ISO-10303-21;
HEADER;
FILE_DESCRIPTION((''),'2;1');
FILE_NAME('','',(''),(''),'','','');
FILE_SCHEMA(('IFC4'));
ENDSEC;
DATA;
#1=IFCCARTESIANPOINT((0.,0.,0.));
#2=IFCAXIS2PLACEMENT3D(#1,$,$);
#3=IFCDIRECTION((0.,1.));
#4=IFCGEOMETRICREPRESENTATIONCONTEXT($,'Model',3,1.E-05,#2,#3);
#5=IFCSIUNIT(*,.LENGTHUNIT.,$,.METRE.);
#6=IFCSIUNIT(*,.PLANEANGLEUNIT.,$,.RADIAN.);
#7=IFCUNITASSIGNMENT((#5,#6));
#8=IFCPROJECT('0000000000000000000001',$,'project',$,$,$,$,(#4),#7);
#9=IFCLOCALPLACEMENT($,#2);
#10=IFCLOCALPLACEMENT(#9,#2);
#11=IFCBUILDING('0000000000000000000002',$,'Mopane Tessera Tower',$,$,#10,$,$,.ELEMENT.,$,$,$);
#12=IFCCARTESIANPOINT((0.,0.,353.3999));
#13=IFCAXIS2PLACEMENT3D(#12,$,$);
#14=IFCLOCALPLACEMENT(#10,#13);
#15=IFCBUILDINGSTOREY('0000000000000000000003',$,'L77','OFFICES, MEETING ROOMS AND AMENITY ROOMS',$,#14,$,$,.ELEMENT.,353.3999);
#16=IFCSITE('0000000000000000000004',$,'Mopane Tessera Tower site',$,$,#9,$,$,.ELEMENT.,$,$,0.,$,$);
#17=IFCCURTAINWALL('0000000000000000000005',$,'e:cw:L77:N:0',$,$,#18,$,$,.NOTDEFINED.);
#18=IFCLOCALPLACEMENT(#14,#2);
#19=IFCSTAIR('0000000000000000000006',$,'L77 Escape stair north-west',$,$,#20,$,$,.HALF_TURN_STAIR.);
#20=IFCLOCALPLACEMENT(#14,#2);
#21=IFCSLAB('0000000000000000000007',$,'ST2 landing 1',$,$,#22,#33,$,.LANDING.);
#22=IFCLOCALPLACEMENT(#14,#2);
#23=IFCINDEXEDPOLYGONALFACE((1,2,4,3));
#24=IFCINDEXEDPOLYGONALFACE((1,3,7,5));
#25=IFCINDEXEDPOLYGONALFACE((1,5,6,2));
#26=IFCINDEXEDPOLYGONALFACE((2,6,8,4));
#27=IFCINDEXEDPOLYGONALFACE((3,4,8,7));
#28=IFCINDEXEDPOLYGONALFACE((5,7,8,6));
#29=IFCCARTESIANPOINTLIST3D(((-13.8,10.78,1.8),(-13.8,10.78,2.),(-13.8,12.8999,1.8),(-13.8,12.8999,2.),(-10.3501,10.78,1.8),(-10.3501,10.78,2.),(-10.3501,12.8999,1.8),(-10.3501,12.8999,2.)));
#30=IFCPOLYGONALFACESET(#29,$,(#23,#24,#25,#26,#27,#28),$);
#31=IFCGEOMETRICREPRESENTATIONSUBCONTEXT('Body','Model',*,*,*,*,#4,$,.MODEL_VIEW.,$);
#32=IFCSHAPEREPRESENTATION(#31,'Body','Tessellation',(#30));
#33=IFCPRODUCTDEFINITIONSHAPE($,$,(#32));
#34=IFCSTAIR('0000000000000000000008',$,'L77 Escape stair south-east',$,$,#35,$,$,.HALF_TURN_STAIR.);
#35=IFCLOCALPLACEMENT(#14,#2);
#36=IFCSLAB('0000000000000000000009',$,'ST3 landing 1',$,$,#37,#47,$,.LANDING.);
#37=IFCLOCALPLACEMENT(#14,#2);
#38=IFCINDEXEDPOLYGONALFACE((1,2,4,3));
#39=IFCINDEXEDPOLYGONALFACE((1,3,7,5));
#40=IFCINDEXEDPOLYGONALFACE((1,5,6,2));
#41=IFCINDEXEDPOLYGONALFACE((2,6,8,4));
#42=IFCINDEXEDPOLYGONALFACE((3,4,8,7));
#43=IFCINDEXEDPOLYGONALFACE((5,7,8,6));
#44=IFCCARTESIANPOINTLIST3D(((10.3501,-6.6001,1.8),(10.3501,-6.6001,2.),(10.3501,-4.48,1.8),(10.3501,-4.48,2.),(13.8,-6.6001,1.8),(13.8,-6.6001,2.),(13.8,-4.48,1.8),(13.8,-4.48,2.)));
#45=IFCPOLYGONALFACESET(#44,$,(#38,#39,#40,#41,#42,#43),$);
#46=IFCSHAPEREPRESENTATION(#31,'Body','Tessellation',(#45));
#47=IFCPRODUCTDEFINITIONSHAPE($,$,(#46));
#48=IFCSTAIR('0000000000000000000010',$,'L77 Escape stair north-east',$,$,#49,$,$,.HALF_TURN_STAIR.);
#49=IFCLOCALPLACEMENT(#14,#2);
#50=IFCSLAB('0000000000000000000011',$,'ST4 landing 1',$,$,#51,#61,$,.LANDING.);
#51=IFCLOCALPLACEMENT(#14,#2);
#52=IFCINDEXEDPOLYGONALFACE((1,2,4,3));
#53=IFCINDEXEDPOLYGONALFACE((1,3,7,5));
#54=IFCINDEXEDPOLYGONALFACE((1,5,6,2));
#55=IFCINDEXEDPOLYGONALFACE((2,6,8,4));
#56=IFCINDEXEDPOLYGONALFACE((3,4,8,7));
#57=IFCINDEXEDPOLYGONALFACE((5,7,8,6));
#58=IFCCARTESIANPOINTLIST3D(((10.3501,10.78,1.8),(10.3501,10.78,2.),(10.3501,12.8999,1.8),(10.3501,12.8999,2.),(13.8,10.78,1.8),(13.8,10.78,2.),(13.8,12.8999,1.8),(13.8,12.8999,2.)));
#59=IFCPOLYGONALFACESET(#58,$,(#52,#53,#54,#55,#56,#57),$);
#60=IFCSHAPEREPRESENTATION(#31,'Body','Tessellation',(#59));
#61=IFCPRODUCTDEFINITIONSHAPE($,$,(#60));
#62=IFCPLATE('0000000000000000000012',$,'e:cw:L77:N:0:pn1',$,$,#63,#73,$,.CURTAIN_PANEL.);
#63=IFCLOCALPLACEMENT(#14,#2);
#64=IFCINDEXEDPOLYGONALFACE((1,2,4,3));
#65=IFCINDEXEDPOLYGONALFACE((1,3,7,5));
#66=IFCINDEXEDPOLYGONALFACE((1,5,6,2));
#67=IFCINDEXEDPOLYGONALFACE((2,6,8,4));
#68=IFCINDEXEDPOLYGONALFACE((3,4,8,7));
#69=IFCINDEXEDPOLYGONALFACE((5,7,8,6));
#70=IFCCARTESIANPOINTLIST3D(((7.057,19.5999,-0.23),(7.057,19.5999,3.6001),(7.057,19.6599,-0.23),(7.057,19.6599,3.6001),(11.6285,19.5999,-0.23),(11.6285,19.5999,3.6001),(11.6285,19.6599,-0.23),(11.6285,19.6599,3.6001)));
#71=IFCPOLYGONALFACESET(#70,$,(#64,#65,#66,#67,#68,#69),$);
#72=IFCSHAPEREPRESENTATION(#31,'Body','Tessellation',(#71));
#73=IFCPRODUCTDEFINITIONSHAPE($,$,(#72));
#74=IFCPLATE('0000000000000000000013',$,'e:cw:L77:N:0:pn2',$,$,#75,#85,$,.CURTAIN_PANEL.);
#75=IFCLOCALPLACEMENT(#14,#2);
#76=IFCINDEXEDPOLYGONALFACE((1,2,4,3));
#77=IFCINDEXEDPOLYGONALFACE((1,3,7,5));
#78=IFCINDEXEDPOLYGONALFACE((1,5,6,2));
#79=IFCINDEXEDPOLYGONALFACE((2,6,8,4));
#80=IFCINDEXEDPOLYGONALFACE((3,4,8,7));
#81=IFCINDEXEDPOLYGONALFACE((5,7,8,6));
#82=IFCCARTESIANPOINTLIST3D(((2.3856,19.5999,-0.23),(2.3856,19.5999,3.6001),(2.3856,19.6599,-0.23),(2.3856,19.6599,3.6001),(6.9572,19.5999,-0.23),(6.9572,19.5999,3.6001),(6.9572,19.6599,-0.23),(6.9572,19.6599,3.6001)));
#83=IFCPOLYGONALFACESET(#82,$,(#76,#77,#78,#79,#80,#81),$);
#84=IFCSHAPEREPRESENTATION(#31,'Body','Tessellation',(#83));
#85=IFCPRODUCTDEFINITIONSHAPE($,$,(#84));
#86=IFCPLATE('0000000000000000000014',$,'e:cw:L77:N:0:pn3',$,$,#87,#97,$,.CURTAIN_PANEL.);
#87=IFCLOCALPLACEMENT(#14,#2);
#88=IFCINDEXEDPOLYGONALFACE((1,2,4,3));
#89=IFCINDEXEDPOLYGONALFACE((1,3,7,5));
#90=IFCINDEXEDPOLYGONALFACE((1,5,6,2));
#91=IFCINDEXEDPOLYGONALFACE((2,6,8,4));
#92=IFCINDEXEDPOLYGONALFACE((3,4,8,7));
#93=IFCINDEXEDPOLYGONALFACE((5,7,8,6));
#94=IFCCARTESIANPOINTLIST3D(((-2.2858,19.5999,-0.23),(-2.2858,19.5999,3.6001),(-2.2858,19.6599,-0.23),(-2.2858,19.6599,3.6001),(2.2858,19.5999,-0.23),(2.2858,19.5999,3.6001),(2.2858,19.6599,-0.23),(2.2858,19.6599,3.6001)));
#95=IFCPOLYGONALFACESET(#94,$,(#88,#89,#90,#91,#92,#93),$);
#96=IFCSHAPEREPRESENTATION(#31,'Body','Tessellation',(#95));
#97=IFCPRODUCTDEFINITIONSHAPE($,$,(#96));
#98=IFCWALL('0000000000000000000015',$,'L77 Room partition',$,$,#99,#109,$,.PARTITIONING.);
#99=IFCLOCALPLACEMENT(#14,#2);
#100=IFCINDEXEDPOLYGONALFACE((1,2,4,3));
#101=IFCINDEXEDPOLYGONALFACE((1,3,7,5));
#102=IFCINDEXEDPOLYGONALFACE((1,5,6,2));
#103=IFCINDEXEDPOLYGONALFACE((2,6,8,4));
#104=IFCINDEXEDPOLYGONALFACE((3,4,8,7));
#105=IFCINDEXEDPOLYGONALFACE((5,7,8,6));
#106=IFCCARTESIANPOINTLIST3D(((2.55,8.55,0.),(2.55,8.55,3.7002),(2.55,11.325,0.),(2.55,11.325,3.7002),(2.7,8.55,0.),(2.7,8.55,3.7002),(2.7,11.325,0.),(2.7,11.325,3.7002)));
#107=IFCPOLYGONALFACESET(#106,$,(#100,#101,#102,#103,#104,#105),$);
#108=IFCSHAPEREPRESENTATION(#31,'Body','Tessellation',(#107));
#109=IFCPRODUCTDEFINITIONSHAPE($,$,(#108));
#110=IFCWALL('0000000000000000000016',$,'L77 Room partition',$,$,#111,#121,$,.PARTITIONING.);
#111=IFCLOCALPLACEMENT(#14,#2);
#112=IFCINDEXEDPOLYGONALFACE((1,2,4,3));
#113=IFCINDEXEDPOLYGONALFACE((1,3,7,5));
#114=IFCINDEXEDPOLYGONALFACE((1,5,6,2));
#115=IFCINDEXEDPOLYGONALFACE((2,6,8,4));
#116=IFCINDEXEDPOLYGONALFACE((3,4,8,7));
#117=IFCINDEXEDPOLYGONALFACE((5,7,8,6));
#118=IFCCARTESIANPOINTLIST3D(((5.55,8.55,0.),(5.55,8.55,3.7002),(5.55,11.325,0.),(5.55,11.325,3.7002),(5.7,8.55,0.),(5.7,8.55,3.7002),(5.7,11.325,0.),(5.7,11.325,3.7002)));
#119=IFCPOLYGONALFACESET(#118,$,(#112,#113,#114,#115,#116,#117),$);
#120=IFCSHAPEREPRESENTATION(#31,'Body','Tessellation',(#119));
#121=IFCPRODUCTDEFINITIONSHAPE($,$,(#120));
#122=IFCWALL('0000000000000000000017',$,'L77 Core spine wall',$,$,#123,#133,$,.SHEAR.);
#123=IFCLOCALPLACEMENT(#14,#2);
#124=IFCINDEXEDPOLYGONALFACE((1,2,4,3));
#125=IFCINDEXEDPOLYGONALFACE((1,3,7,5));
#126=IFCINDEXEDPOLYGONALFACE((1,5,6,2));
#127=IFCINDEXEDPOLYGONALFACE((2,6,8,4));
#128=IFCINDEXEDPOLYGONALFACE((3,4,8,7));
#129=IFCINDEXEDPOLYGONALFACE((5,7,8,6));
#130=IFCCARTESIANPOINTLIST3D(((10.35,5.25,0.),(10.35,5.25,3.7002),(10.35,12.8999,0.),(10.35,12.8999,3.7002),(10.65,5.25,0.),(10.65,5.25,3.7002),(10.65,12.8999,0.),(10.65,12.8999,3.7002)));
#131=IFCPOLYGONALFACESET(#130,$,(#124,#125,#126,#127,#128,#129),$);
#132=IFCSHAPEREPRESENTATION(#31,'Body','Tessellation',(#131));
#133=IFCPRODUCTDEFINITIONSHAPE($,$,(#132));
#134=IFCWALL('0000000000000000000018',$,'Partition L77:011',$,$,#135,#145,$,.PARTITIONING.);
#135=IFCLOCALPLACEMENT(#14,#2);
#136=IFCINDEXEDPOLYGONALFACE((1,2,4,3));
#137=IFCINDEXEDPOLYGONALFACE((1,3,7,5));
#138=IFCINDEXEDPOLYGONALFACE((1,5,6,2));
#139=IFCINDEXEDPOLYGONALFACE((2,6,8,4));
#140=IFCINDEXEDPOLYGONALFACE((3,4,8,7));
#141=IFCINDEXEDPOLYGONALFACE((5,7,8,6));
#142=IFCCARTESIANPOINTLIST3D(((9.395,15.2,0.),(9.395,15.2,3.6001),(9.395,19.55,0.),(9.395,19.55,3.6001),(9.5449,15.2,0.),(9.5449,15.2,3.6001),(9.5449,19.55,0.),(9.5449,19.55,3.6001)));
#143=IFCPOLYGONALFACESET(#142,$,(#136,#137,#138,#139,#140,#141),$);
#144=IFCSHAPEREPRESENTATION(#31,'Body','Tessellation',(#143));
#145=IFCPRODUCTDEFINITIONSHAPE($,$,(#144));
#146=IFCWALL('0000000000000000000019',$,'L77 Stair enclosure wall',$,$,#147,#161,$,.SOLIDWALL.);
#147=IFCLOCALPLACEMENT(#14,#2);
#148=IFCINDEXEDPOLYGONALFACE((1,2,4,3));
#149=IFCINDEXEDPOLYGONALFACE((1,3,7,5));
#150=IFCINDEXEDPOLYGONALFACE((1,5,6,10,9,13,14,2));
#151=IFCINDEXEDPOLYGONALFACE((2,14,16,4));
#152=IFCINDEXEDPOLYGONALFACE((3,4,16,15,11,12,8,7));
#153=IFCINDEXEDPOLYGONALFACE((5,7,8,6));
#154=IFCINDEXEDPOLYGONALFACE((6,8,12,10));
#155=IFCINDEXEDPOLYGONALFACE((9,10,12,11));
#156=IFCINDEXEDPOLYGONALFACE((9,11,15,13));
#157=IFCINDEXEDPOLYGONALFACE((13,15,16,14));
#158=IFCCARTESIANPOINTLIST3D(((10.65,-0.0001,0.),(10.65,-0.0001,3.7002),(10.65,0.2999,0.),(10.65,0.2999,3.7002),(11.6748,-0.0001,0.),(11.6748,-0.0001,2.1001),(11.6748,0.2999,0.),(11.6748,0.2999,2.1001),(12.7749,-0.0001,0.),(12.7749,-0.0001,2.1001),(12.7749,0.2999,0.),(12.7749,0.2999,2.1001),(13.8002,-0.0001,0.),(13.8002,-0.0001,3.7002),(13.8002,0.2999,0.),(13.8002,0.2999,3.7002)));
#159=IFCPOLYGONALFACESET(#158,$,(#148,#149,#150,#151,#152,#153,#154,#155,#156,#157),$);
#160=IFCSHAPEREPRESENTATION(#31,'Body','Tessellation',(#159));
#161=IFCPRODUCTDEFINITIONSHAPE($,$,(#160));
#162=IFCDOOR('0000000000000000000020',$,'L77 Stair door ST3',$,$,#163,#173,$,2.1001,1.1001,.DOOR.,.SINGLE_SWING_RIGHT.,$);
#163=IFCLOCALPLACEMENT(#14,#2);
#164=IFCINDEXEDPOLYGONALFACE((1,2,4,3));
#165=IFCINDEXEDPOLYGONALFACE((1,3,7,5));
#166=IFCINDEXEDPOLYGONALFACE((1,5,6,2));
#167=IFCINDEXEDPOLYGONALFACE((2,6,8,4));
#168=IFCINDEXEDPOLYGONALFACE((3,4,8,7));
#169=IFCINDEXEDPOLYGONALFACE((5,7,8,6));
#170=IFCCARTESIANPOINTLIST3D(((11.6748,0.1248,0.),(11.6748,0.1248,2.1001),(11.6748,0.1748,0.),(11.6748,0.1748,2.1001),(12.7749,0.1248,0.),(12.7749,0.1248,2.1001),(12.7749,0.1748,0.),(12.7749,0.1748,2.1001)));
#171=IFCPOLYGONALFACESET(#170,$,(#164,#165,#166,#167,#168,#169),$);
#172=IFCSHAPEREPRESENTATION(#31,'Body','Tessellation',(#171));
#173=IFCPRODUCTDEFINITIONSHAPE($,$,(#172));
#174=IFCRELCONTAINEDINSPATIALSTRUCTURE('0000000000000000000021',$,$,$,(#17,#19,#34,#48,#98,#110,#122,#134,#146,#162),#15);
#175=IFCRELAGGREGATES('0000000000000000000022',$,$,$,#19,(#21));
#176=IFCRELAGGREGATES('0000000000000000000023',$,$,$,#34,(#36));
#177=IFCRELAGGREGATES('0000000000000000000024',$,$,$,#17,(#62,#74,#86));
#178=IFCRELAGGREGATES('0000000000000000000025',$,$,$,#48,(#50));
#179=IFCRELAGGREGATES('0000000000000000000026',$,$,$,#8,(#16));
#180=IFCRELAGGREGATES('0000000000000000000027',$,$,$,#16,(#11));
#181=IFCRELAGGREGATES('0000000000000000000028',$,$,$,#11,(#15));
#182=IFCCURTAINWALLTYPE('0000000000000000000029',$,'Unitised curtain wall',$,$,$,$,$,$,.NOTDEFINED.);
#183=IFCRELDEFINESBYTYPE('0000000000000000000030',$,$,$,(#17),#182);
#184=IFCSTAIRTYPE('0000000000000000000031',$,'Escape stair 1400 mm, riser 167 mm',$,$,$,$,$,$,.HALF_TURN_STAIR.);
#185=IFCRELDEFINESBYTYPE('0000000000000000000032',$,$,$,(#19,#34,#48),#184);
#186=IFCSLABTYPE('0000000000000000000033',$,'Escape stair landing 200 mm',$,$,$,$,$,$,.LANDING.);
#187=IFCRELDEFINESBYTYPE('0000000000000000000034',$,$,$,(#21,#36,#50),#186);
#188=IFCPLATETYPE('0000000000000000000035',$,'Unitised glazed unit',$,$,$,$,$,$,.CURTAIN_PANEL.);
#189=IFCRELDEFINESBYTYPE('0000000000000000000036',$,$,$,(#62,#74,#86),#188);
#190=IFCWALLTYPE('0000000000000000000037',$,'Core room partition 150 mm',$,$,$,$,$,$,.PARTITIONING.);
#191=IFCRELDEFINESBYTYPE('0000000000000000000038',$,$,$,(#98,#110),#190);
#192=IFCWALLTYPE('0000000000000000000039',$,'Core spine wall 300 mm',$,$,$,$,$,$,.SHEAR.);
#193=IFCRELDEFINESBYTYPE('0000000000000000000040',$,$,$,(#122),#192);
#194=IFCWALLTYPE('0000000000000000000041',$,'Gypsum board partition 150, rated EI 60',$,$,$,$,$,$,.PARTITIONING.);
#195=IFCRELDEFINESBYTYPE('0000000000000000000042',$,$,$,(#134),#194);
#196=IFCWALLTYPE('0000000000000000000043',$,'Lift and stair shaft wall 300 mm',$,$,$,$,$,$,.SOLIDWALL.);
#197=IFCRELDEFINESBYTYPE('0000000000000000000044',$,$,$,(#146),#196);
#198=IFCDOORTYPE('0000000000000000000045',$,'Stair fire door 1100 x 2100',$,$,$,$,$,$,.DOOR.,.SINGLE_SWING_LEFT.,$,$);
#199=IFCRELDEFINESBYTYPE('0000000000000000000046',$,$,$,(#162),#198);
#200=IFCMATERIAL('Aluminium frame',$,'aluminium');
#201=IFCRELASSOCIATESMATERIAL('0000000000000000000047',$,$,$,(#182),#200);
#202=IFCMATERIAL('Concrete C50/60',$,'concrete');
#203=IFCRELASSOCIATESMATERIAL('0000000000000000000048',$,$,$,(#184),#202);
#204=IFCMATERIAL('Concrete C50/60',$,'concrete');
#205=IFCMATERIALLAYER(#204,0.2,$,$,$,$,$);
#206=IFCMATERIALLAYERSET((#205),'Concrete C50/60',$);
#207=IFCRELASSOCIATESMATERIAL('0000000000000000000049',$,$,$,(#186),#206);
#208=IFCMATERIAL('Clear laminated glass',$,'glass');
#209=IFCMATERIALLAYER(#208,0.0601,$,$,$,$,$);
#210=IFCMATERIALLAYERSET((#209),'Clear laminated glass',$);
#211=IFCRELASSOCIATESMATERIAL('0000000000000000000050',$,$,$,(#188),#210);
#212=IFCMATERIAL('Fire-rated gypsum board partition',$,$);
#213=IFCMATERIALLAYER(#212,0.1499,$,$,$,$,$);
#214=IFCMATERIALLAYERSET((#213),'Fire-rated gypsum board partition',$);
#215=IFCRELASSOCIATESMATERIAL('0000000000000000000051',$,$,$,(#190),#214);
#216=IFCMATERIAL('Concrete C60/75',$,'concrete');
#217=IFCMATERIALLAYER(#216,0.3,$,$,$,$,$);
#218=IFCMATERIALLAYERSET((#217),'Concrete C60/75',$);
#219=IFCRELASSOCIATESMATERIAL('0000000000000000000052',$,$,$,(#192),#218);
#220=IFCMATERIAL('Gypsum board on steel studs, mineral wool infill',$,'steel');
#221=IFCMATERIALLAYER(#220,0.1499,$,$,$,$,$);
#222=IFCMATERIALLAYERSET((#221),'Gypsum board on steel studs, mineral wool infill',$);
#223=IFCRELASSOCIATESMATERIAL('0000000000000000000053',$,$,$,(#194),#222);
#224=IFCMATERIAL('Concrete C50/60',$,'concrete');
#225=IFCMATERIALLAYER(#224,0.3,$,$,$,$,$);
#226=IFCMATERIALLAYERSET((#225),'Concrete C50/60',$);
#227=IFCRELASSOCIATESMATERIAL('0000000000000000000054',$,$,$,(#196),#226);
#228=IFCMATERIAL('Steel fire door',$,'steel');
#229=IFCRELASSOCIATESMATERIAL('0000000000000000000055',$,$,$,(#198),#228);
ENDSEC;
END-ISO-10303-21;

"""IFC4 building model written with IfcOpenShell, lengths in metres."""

from ifc_helpers import new_model, si_unit, direction, frame, frame_2d, origin, origin_2d, place, context, subcontext, project, spatial, polyline, rectangle, outline, extrude, material, layer, layer_set, type_object, element, fill, aggregate, save


model = new_model("IFC4")

# Units and contexts
model_context = context("Model", 3, precision=1e-05, world=origin(), true_north=direction((0.0, 1.0)))
body_context = subcontext(model_context, "Body", "Model", "MODEL_VIEW")
ifc_project = project(units=[si_unit("LENGTHUNIT", "METRE"), si_unit("PLANEANGLEUNIT", "RADIAN")], contexts=[model_context])

# Site, building, storey
site_placement = place(None, origin())
site = spatial("IfcSite", under=ifc_project, at=site_placement, Name="Mopane Tessera Tower site", CompositionType="ELEMENT", RefElevation=0.0)
building_placement = place(site_placement, origin())
building = spatial("IfcBuilding", under=site, at=building_placement, Name="Mopane Tessera Tower", CompositionType="ELEMENT")
storey_placement = place(building_placement, frame((0.0, 0.0, 353.3999)))
storey = spatial("IfcBuildingStorey", under=building, at=storey_placement, Name="L77", Description="OFFICES, MEETING ROOMS AND AMENITY ROOMS", CompositionType="ELEMENT", Elevation=353.3999)

# Curtain wall
ifc_material_1 = material(Name="Aluminium frame", Category="aluminium")
curtain_wall_type = type_object("IfcCurtainWallType", Name="Unitised curtain wall", PredefinedType="NOTDEFINED", material=ifc_material_1)
curtain_wall_placement = place(storey_placement, origin())
curtain_wall = element("IfcCurtainWall", 1, at=curtain_wall_placement, inside=storey, type_object=curtain_wall_type, Name="e:cw:L77:N:0", PredefinedType="NOTDEFINED")

# Stairs, slabs
ifc_material_2 = material(Name="Concrete C50/60", Category="concrete")
stair_type = type_object("IfcStairType", Name="Escape stair 1400 mm, riser 167 mm", PredefinedType="HALF_TURN_STAIR", material=ifc_material_2)
ifc_material_3 = material(Name="Concrete C50/60", Category="concrete")
ifc_layer_1 = layer(ifc_material_3, 0.2)
ifc_layer_set_1 = layer_set([ifc_layer_1], Name="Concrete C50/60")
slab_type_1 = type_object("IfcSlabType", Name="Escape stair landing 200 mm", PredefinedType="LANDING", material=ifc_layer_set_1)
stair_1_placement = place(storey_placement, origin())
stair_1 = element("IfcStair", 2, at=stair_1_placement, inside=storey, type_object=stair_type, Name="L77 Escape stair north-west", PredefinedType="HALF_TURN_STAIR")
slab_1_placement = place(storey_placement, frame((0.0, 0.0, 1.8)))
slab_1 = element("IfcSlab", 3, at=slab_1_placement, type_object=slab_type_1, Name="ST2 landing 1", PredefinedType="LANDING", context=body_context, shape_type="SweptSolid", body=[
    extrude(outline(polyline([(-10.3501, 10.78), (-10.3501, 12.8999), (-13.8, 12.8999), (-13.8, 10.78), (-10.3501, 10.78)])), origin(), (0.0, 0.0, 1.0), 0.2),
])
aggregate(stair_1, [slab_1])
stair_2_placement = place(storey_placement, origin())
stair_2 = element("IfcStair", 4, at=stair_2_placement, inside=storey, type_object=stair_type, Name="L77 Escape stair south-east", PredefinedType="HALF_TURN_STAIR")
slab_2_placement = place(storey_placement, frame((0.0, 0.0, 1.8)))
slab_2 = element("IfcSlab", 5, at=slab_2_placement, type_object=slab_type_1, Name="ST3 landing 1", PredefinedType="LANDING", context=body_context, shape_type="SweptSolid", body=[
    extrude(outline(polyline([(10.3501, -4.48), (10.3501, -6.6001), (13.8, -6.6001), (13.8, -4.48), (10.3501, -4.48)])), origin(), (0.0, 0.0, 1.0), 0.2),
])
aggregate(stair_2, [slab_2])
stair_3_placement = place(storey_placement, origin())
stair_3 = element("IfcStair", 6, at=stair_3_placement, inside=storey, type_object=stair_type, Name="L77 Escape stair north-east", PredefinedType="HALF_TURN_STAIR")
slab_3_placement = place(storey_placement, frame((0.0, 0.0, 1.8)))
slab_3 = element("IfcSlab", 7, at=slab_3_placement, type_object=slab_type_1, Name="ST4 landing 1", PredefinedType="LANDING", context=body_context, shape_type="SweptSolid", body=[
    extrude(outline(polyline([(13.8, 10.78), (13.8, 12.8999), (10.3501, 12.8999), (10.3501, 10.78), (13.8, 10.78)])), origin(), (0.0, 0.0, 1.0), 0.2),
])

# Plates
ifc_material_4 = material(Name="Clear laminated glass", Category="glass")
ifc_layer_2 = layer(ifc_material_4, 0.0601)
ifc_layer_set_2 = layer_set([ifc_layer_2], Name="Clear laminated glass")
plate_type = type_object("IfcPlateType", Name="Unitised glazed unit", PredefinedType="CURTAIN_PANEL", material=ifc_layer_set_2)
plate_1_placement = place(storey_placement, frame((9.3428, 19.6299, -0.23), z_axis=(0.0, 0.0, 1.0), x_axis=(-1.0, 0.0, 0.0)))
plate_1 = element("IfcPlate", 8, at=plate_1_placement, type_object=plate_type, Name="e:cw:L77:N:0:pn1", PredefinedType="CURTAIN_PANEL", context=body_context, shape_type="SweptSolid", body=[
    extrude(rectangle(XDim=4.5715, YDim=0.0601, at=origin_2d()), origin(), (0.0, 0.0, 1.0), 3.8301),
])
plate_2_placement = place(storey_placement, frame((4.6714, 19.6299, -0.23), z_axis=(0.0, 0.0, 1.0), x_axis=(-1.0, 0.0, 0.0)))
plate_2 = element("IfcPlate", 9, at=plate_2_placement, type_object=plate_type, Name="e:cw:L77:N:0:pn2", PredefinedType="CURTAIN_PANEL", context=body_context, shape_type="SweptSolid", body=[
    extrude(rectangle(XDim=4.5715, YDim=0.0601, at=origin_2d()), origin(), (0.0, 0.0, 1.0), 3.8301),
])
plate_3_placement = place(storey_placement, frame((0.0, 19.6299, -0.23), z_axis=(0.0, 0.0, 1.0), x_axis=(-1.0, 0.0, 0.0)))
plate_3 = element("IfcPlate", 10, at=plate_3_placement, type_object=plate_type, Name="e:cw:L77:N:0:pn3", PredefinedType="CURTAIN_PANEL", context=body_context, shape_type="SweptSolid", body=[
    extrude(rectangle(XDim=4.5715, YDim=0.0601, at=origin_2d()), origin(), (0.0, 0.0, 1.0), 3.8301),
])
aggregate(curtain_wall, [plate_1, plate_2, plate_3])

# Walls
ifc_material_5 = material(Name="Fire-rated gypsum board partition")
ifc_layer_3 = layer(ifc_material_5, 0.1499)
ifc_layer_set_3 = layer_set([ifc_layer_3], Name="Fire-rated gypsum board partition")
wall_type_1 = type_object("IfcWallType", Name="Core room partition 150 mm", PredefinedType="PARTITIONING", material=ifc_layer_set_3)
for number, where, z_axis, x_axis, name in (
    (11, (2.625, 8.55, 0.0), (0.0, 0.0, 1.0), (0.0, 1.0, 0.0), "L77 Room partition"),
    (12, (5.625, 8.55, 0.0), (0.0, 0.0, 1.0), (0.0, 1.0, 0.0), "L77 Room partition"),
):
    element("IfcWall", number, at=place(storey_placement, frame(where, z_axis=z_axis, x_axis=x_axis)), inside=storey, type_object=wall_type_1, Name=name, PredefinedType="PARTITIONING", context=body_context, shape_type="SweptSolid", body=[
        extrude(rectangle(XDim=2.7749, YDim=0.1499, at=frame_2d((1.3875, 0.0))), origin(), (0.0, 0.0, 1.0), 3.7002),
    ])
ifc_material_6 = material(Name="Concrete C60/75", Category="concrete")
ifc_layer_4 = layer(ifc_material_6, 0.3)
ifc_layer_set_4 = layer_set([ifc_layer_4], Name="Concrete C60/75")
wall_type_2 = type_object("IfcWallType", Name="Core spine wall 300 mm", PredefinedType="SHEAR", material=ifc_layer_set_4)
wall_1_placement = place(storey_placement, frame((10.5, 5.25, 0.0), z_axis=(0.0, 0.0, 1.0), x_axis=(0.0, 1.0, 0.0)))
element("IfcWall", 13, at=wall_1_placement, inside=storey, type_object=wall_type_2, Name="L77 Core spine wall", PredefinedType="SHEAR", context=body_context, shape_type="SweptSolid", body=[
    extrude(rectangle(XDim=7.6499, YDim=0.3, at=frame_2d((3.825, 0.0))), origin(), (0.0, 0.0, 1.0), 3.7002),
])
ifc_material_7 = material(Name="Gypsum board on steel studs, mineral wool infill", Category="steel")
ifc_layer_5 = layer(ifc_material_7, 0.1499)
ifc_layer_set_5 = layer_set([ifc_layer_5], Name="Gypsum board on steel studs, mineral wool infill")
wall_type_3 = type_object("IfcWallType", Name="Gypsum board partition 150, rated EI 60", PredefinedType="PARTITIONING", material=ifc_layer_set_5)
wall_2_placement = place(storey_placement, frame((9.47, 15.2, 0.0), z_axis=(0.0, 0.0, 1.0), x_axis=(0.0, 1.0, 0.0)))
element("IfcWall", 14, at=wall_2_placement, inside=storey, type_object=wall_type_3, Name="Partition L77:011", PredefinedType="PARTITIONING", context=body_context, shape_type="SweptSolid", body=[
    extrude(rectangle(XDim=4.3501, YDim=0.1499, at=frame_2d((2.175, 0.0))), origin(), (0.0, 0.0, 1.0), 3.6001),
])

# Wall, opening, door
ifc_material_8 = material(Name="Concrete C50/60", Category="concrete")
ifc_layer_6 = layer(ifc_material_8, 0.3)
ifc_layer_set_6 = layer_set([ifc_layer_6], Name="Concrete C50/60")
wall_type_4 = type_object("IfcWallType", Name="Lift and stair shaft wall 300 mm", PredefinedType="SOLIDWALL", material=ifc_layer_set_6)
wall_3_placement = place(storey_placement, frame((10.6499, 0.1499, 0.0), z_axis=(0.0, 0.0, 1.0), x_axis=(1.0, 0.0, 0.0)))
wall_3 = element("IfcWall", 15, at=wall_3_placement, inside=storey, type_object=wall_type_4, Name="L77 Stair enclosure wall", PredefinedType="SOLIDWALL", context=body_context, shape_type="SweptSolid", body=[
    extrude(rectangle(XDim=3.1501, YDim=0.3, at=frame_2d((1.5752, 0.0))), origin(), (0.0, 0.0, 1.0), 3.7002),
])
opening_1_placement = place(wall_3_placement, frame((1.0249, 0.0, 0.0)))
opening_1 = element("IfcOpeningElement", 16, at=opening_1_placement, cuts=wall_3, PredefinedType="OPENING", context=body_context, shape_type="SweptSolid", body=[
    extrude(rectangle(XDim=1.1001, YDim=2.1001, at=frame_2d((0.55, 1.05))), frame((0.0, 0.1621, 0.0), z_axis=(0.0, -1.0, 0.0), x_axis=(1.0, 0.0, 0.0)), (0.0, 0.0, 1.0), 0.324),
])
ifc_material_9 = material(Name="Steel fire door", Category="steel")
door_type = type_object("IfcDoorType", Name="Stair fire door 1100 x 2100", OperationType="SINGLE_SWING_LEFT", PredefinedType="DOOR", material=ifc_material_9)
door_1_placement = place(opening_1_placement, origin())
door_1 = element("IfcDoor", 17, at=door_1_placement, inside=storey, type_object=door_type, Name="L77 Stair door ST3", OperationType="SINGLE_SWING_RIGHT", OverallHeight=2.1001, OverallWidth=1.1001, PredefinedType="DOOR", context=body_context, shape_type="SweptSolid", body=[
    extrude(rectangle(XDim=1.1001, YDim=2.1001, at=frame_2d((0.55, 1.05))), frame((0.0, 0.0249, 0.0), z_axis=(0.0, -1.0, 0.0), x_axis=(1.0, 0.0, 0.0)), (0.0, 0.0, 1.0), 0.05),
])
fill(opening_1, door_1)

aggregate(stair_3, [slab_3])

save(model, "model.ifc")
